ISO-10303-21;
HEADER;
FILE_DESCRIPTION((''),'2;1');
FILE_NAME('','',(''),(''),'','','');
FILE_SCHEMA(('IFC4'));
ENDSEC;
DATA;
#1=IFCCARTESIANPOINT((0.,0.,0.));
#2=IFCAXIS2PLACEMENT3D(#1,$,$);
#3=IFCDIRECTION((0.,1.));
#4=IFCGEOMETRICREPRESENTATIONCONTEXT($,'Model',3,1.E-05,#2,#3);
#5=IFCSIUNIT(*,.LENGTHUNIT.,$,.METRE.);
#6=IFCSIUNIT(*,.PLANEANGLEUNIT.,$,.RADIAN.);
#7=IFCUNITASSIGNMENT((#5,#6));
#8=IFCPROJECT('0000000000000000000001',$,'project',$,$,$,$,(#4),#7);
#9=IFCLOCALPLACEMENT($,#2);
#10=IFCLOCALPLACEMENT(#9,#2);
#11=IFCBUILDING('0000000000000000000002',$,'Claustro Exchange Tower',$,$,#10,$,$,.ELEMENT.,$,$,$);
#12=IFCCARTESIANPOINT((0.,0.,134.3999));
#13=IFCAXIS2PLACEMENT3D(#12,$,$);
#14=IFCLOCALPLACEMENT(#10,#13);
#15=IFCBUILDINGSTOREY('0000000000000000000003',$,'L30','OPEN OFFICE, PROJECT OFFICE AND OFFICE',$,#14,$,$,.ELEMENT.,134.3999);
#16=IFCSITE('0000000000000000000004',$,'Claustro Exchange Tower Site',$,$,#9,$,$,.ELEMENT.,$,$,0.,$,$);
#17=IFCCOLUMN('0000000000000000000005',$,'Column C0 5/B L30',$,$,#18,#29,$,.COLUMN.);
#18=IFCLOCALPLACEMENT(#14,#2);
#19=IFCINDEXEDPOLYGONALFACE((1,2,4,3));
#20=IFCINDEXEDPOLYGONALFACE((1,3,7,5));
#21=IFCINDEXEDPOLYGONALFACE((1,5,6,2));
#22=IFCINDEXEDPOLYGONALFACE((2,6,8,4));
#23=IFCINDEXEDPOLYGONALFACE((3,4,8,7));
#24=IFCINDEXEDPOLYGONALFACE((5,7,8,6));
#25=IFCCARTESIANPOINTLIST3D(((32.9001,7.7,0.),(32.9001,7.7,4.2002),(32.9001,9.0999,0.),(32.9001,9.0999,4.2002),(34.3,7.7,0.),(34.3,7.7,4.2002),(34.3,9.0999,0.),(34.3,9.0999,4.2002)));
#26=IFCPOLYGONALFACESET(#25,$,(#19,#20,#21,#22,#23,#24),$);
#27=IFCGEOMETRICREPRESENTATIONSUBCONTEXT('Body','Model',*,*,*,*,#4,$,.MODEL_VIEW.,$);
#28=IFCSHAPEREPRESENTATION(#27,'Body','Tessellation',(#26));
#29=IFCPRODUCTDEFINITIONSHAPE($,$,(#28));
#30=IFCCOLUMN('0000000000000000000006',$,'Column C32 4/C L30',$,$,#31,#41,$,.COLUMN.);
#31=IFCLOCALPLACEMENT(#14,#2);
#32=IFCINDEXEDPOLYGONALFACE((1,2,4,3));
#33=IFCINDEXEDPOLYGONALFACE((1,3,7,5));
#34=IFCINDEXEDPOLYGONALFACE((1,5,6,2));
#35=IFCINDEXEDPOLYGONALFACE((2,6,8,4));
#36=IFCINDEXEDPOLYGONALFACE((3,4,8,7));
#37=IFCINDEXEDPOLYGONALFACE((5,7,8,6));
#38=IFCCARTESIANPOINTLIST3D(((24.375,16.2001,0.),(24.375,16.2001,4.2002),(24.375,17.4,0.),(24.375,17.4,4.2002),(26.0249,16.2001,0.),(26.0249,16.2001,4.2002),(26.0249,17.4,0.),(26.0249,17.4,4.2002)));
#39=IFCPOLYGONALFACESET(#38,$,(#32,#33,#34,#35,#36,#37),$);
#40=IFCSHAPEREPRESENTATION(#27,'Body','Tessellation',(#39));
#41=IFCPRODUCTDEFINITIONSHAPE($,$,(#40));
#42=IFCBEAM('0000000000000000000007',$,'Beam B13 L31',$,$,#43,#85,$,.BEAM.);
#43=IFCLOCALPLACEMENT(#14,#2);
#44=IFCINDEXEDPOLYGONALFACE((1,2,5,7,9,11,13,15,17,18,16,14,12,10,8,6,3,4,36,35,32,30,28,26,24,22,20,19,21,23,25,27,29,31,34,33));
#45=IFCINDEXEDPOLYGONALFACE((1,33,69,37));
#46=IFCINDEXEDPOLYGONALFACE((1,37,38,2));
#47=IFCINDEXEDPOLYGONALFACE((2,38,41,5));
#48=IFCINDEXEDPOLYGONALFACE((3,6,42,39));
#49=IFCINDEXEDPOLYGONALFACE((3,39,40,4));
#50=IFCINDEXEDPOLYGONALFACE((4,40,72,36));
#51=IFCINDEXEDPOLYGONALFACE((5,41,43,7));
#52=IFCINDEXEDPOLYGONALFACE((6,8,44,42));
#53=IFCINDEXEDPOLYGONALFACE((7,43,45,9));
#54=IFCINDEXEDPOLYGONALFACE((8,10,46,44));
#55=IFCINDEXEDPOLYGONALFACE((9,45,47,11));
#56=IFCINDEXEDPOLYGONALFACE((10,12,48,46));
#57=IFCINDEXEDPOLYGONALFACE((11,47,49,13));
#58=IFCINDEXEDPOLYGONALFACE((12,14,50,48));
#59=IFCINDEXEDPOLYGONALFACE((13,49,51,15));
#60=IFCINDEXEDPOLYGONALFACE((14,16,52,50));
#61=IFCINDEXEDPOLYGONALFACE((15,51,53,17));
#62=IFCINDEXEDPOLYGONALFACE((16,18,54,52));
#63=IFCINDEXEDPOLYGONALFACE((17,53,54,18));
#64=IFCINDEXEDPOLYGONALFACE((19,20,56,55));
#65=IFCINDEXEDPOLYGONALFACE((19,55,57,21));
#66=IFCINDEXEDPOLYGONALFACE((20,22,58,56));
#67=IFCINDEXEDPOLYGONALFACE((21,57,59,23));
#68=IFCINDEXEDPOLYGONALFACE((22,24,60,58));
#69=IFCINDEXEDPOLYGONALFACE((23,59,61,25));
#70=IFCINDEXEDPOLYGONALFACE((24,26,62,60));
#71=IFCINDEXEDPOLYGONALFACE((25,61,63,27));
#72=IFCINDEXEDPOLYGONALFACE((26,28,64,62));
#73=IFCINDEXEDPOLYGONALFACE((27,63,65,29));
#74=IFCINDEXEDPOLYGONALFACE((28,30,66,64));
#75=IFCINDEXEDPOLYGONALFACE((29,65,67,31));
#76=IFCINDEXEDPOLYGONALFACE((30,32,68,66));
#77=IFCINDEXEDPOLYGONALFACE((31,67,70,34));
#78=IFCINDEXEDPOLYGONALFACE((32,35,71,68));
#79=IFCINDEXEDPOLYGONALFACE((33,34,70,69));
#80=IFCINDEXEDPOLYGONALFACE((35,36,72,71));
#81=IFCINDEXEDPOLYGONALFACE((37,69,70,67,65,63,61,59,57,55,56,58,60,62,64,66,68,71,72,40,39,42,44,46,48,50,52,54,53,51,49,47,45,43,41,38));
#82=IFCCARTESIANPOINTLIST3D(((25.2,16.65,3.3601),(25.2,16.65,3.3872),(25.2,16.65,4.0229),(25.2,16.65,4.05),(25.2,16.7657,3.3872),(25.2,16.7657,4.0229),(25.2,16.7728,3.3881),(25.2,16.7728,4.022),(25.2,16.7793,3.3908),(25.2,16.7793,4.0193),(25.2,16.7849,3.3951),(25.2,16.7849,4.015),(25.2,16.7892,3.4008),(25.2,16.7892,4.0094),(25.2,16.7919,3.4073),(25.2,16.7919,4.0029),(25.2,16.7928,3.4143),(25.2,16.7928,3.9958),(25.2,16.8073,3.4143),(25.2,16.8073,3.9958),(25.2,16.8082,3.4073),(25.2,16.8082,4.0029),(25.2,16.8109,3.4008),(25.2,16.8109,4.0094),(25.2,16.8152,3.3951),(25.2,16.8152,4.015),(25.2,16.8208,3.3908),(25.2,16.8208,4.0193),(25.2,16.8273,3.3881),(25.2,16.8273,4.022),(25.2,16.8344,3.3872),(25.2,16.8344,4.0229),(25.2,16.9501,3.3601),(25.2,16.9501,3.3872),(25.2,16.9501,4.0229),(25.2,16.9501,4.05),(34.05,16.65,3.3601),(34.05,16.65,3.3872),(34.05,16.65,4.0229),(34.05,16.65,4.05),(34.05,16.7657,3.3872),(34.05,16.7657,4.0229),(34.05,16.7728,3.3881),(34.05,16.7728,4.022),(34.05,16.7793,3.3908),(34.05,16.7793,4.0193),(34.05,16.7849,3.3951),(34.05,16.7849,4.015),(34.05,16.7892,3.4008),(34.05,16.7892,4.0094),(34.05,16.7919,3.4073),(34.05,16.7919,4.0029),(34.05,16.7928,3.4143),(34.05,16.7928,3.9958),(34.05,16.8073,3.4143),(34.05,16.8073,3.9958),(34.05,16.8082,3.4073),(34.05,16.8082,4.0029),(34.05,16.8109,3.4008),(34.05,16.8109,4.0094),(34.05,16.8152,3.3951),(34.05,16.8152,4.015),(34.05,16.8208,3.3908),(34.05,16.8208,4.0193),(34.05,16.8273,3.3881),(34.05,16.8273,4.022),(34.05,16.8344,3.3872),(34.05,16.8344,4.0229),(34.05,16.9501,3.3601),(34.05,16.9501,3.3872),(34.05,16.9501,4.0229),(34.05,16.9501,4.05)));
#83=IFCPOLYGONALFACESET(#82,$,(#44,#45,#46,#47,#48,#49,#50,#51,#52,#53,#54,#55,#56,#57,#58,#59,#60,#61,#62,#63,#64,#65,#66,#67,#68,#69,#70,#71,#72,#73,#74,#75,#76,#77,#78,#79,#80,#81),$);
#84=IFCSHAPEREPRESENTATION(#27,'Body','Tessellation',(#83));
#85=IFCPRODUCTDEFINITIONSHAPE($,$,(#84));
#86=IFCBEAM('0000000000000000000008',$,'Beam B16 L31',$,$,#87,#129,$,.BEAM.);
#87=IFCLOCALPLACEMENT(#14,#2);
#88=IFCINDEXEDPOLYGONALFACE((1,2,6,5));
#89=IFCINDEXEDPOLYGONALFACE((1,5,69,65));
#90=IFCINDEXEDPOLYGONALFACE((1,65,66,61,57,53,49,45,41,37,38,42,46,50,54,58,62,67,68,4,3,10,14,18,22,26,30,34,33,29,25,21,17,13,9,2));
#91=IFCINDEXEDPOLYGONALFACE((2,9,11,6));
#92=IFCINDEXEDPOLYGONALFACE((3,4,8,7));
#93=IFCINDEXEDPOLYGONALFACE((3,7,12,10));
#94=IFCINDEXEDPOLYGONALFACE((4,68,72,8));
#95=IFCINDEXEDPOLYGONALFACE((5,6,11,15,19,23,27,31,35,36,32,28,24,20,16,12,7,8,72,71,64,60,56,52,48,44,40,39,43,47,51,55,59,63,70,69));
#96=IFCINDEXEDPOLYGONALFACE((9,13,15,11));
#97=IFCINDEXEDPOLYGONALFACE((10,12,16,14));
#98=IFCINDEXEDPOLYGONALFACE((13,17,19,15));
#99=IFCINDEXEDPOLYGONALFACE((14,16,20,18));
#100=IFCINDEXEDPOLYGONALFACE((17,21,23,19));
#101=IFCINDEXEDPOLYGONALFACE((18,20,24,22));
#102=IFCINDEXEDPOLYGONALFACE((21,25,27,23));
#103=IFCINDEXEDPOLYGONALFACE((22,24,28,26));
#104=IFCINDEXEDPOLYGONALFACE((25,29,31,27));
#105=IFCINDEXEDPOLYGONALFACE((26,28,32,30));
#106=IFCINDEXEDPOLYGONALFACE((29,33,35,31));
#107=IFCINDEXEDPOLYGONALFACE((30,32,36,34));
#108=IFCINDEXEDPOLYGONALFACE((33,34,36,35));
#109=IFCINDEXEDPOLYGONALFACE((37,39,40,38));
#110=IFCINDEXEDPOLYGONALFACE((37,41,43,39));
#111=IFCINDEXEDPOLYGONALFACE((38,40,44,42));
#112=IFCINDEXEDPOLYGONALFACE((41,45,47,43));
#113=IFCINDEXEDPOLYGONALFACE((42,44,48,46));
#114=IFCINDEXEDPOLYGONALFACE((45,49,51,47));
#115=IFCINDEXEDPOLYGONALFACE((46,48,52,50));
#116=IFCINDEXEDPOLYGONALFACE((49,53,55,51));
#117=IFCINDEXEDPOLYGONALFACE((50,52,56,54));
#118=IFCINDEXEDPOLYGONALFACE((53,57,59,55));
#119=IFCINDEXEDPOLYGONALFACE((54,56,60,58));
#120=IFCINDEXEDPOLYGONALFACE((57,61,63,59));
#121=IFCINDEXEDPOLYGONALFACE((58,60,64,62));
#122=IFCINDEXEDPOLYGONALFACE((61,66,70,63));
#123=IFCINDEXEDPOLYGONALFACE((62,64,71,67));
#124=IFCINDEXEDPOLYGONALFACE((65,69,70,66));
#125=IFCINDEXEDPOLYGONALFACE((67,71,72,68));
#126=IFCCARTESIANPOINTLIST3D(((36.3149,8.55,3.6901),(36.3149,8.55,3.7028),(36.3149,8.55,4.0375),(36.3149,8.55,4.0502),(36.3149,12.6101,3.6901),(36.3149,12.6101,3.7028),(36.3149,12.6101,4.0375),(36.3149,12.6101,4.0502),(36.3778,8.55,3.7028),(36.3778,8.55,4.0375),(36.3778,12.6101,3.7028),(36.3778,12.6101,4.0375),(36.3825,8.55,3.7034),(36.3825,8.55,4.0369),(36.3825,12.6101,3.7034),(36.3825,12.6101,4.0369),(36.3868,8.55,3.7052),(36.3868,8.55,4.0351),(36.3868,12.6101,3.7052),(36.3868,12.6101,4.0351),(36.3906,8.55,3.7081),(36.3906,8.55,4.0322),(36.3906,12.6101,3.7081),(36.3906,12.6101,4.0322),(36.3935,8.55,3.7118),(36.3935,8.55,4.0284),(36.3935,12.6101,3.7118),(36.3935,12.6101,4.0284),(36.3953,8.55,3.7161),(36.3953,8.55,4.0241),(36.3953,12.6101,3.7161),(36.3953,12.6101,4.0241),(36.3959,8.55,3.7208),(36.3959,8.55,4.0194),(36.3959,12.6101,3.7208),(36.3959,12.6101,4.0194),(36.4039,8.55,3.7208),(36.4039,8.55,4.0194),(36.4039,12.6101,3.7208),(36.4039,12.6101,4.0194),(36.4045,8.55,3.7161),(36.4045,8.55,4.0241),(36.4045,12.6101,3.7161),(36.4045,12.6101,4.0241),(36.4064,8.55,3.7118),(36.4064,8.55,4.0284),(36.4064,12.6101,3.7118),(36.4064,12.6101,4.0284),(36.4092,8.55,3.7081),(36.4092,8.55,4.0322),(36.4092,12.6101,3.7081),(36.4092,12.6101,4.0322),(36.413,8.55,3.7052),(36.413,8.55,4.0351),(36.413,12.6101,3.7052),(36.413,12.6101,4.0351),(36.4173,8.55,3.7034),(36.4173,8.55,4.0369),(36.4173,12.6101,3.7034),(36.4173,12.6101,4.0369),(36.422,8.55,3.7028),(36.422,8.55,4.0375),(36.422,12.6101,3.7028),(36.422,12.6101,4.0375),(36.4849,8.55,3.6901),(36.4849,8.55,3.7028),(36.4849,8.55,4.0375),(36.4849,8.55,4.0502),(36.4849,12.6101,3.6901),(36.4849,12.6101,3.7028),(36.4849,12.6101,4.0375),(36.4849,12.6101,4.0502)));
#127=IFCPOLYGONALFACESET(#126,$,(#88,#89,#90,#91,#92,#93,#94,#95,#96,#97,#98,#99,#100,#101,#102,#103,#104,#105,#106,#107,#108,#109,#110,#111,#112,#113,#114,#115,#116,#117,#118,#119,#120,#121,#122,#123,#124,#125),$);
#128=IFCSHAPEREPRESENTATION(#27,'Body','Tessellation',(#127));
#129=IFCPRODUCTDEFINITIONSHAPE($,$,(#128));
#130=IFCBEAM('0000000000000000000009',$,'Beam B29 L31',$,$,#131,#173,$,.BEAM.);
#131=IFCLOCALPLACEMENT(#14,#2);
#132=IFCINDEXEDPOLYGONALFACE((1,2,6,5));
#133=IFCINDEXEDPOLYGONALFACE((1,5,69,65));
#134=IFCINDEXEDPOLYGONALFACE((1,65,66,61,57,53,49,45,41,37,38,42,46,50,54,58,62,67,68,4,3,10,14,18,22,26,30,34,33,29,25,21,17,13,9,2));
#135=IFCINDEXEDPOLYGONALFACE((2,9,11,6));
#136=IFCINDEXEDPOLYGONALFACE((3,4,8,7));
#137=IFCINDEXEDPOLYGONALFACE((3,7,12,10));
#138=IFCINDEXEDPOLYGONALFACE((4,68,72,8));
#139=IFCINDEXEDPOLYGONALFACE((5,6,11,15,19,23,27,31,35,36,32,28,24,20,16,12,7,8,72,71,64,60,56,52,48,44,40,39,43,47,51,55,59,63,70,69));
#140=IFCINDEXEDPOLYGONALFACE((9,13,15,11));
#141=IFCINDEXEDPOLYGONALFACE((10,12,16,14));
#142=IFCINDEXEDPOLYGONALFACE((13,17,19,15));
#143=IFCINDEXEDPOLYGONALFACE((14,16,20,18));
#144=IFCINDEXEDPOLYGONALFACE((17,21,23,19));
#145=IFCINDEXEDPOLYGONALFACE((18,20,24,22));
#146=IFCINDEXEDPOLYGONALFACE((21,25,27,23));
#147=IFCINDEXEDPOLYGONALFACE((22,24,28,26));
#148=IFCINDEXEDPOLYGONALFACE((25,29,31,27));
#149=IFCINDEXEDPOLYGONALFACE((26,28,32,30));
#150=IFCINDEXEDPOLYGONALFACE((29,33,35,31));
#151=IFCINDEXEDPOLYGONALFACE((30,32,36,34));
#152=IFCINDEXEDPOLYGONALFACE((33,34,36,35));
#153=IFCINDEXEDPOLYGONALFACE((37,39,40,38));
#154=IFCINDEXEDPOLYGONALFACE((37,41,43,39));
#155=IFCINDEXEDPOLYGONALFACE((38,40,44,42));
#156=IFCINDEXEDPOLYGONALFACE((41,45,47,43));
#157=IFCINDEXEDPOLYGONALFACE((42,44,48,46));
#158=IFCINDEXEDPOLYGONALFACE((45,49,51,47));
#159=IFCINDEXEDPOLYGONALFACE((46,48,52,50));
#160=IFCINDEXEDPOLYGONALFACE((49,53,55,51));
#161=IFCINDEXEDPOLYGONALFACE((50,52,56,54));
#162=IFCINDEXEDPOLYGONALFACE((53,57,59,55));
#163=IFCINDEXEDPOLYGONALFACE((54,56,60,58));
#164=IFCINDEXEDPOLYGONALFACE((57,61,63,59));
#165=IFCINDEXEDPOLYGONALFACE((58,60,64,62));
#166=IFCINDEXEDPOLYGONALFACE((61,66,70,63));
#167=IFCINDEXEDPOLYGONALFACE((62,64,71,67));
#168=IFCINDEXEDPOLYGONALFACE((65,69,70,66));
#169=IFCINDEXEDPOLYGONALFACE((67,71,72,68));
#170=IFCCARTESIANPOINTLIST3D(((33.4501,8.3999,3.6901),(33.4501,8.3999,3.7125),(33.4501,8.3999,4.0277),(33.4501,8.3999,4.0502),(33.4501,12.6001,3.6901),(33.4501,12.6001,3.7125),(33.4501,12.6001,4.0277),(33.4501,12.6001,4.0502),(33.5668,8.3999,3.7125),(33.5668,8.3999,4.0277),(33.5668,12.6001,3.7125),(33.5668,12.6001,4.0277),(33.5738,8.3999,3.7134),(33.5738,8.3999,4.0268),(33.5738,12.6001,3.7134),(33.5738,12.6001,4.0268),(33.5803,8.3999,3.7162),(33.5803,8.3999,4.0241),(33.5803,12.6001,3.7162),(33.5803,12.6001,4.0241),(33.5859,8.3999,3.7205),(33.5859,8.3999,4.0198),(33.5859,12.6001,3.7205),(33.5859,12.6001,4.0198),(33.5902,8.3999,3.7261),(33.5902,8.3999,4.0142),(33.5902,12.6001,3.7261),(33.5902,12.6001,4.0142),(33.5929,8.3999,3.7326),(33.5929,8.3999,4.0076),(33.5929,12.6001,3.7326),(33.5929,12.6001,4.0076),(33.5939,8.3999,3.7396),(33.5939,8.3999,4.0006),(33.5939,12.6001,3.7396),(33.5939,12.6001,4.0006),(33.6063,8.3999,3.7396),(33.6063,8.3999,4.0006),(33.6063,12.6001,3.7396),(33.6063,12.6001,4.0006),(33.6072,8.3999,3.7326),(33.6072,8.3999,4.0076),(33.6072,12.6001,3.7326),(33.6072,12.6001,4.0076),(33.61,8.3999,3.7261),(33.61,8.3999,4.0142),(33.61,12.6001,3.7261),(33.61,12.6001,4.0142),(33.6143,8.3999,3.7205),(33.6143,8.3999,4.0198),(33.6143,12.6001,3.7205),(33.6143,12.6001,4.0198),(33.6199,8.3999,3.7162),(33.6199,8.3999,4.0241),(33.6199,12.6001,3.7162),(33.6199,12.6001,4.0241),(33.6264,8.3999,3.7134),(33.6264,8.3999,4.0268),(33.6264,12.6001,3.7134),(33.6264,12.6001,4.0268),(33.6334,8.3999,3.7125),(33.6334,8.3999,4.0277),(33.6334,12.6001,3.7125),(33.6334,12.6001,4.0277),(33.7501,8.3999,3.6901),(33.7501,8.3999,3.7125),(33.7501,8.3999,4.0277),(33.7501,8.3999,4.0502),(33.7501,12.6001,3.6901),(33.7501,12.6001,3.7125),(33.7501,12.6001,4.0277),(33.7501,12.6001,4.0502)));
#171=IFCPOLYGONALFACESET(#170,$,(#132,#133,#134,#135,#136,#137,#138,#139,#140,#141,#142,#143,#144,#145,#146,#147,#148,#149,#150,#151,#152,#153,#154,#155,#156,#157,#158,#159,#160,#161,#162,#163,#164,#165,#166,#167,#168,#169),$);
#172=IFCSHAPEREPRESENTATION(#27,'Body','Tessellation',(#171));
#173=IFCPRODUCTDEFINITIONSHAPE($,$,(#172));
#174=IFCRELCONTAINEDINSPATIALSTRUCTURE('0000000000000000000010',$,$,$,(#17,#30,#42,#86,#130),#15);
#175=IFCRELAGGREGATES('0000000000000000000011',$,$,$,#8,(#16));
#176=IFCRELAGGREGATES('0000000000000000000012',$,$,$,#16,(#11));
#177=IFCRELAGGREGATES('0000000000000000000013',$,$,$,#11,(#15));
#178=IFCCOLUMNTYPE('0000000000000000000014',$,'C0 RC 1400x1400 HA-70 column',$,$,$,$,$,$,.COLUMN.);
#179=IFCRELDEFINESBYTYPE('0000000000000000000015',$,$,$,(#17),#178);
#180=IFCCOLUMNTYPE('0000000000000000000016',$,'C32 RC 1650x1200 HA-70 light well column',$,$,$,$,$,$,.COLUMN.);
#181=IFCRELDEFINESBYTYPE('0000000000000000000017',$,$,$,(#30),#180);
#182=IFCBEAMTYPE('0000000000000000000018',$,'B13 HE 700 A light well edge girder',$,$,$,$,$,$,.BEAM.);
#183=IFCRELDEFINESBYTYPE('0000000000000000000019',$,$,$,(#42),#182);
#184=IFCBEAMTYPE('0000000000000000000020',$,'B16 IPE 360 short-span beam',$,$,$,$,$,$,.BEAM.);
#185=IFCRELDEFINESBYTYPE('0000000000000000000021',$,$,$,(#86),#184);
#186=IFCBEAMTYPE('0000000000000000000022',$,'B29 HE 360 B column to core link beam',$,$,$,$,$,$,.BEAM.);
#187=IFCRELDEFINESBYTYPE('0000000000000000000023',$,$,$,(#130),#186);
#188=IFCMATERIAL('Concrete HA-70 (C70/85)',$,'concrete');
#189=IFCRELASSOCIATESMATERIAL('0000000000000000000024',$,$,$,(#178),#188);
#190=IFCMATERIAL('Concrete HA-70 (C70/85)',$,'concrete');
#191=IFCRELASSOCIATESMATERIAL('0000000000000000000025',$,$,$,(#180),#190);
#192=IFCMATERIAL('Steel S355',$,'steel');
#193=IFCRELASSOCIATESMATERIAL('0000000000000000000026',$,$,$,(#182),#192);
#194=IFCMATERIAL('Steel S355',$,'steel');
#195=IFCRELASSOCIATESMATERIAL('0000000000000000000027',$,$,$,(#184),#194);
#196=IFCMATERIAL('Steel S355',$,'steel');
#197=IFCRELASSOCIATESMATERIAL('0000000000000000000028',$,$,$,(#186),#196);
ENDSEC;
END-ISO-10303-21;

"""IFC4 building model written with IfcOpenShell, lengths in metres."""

from ifc_helpers import new_model, si_unit, direction, frame, origin, origin_2d, place, context, subcontext, project, spatial, rectangle, i_section, extrude, material, material_profile, profile_set, type_object, element, save


model = new_model("IFC4")

# Units and contexts
model_context = context("Model", 3, precision=1e-05, world=origin(), true_north=direction((0.0, 1.0)))
body_context = subcontext(model_context, "Body", "Model", "MODEL_VIEW")
ifc_project = project(units=[si_unit("LENGTHUNIT", "METRE"), si_unit("PLANEANGLEUNIT", "RADIAN")], contexts=[model_context])

# Site, building, storey
site_placement = place(None, origin())
site = spatial("IfcSite", under=ifc_project, at=site_placement, Name="Claustro Exchange Tower Site", CompositionType="ELEMENT", RefElevation=0.0)
building_placement = place(site_placement, origin())
building = spatial("IfcBuilding", under=site, at=building_placement, Name="Claustro Exchange Tower", CompositionType="ELEMENT")
storey_placement = place(building_placement, frame((0.0, 0.0, 134.3999)))
storey = spatial("IfcBuildingStorey", under=building, at=storey_placement, Name="L30", Description="OPEN OFFICE, PROJECT OFFICE AND OFFICE", CompositionType="ELEMENT", Elevation=134.3999)

# Columns
ifc_material_1 = material(Name="Concrete HA-70 (C70/85)", Category="concrete")
ifc_material_profile_1 = material_profile(ifc_material_1, rectangle(XDim=1.3999, YDim=1.3999, at=origin_2d()), Name="RC 1400x1400")
ifc_profile_set_1 = profile_set([ifc_material_profile_1], Name="Concrete HA-70 (C70/85)")
column_type_1 = type_object("IfcColumnType", Name="C0 RC 1400x1400 HA-70 column", PredefinedType="COLUMN", material=ifc_profile_set_1)
column_1_placement = place(storey_placement, frame((33.6001, 8.3999, 0.0), z_axis=(0.0, 0.0, 1.0), x_axis=(1.0, 0.0, 0.0)))
element("IfcColumn", 1, at=column_1_placement, inside=storey, type_object=column_type_1, Name="Column C0 5/B L30", PredefinedType="COLUMN", context=body_context, shape_type="SweptSolid", body=[
    extrude(rectangle(XDim=1.3999, YDim=1.3999, at=origin_2d()), origin(), (0.0, 0.0, 1.0), 4.2002),
])
ifc_material_2 = material(Name="Concrete HA-70 (C70/85)", Category="concrete")
ifc_material_profile_2 = material_profile(ifc_material_2, rectangle(XDim=1.6499, YDim=1.2, at=origin_2d()), Name="RC 1650x1200")
ifc_profile_set_2 = profile_set([ifc_material_profile_2], Name="Concrete HA-70 (C70/85)")
column_type_2 = type_object("IfcColumnType", Name="C32 RC 1650x1200 HA-70 light well column", PredefinedType="COLUMN", material=ifc_profile_set_2)
column_2_placement = place(storey_placement, frame((25.2, 16.8, 0.0), z_axis=(0.0, 0.0, 1.0), x_axis=(1.0, 0.0, 0.0)))
element("IfcColumn", 2, at=column_2_placement, inside=storey, type_object=column_type_2, Name="Column C32 4/C L30", PredefinedType="COLUMN", context=body_context, shape_type="SweptSolid", body=[
    extrude(rectangle(XDim=1.6499, YDim=1.2, at=origin_2d()), origin(), (0.0, 0.0, 1.0), 4.2002),
])

# Beams
ifc_material_3 = material(Name="Steel S355", Category="steel")
ifc_material_profile_3 = material_profile(ifc_material_3, i_section(OverallWidth=0.3, OverallDepth=0.6899, WebThickness=0.0144, FlangeThickness=0.0271, FilletRadius=0.0271, at=origin_2d()), Name="HE 700 A")
ifc_profile_set_3 = profile_set([ifc_material_profile_3], Name="Steel S355")
beam_type_1 = type_object("IfcBeamType", Name="B13 HE 700 A light well edge girder", PredefinedType="BEAM", material=ifc_profile_set_3)
beam_1_placement = place(storey_placement, frame((25.2, 16.8, 3.7051), z_axis=(1.0, 0.0, 0.0), x_axis=(0.0, 1.0, 0.0)))
element("IfcBeam", 3, at=beam_1_placement, inside=storey, type_object=beam_type_1, Name="Beam B13 L31", PredefinedType="BEAM", context=body_context, shape_type="SweptSolid", body=[
    extrude(i_section(OverallWidth=0.3, OverallDepth=0.6899, WebThickness=0.0144, FlangeThickness=0.0271, FilletRadius=0.0271, at=origin_2d()), origin(), (0.0, 0.0, 1.0), 8.8501),
])
ifc_material_4 = material(Name="Steel S355", Category="steel")
ifc_material_profile_4 = material_profile(ifc_material_4, i_section(OverallWidth=0.1699, OverallDepth=0.3601, WebThickness=0.0081, FlangeThickness=0.0127, FilletRadius=0.0181, at=origin_2d()), Name="IPE 360")
ifc_profile_set_4 = profile_set([ifc_material_profile_4], Name="Steel S355")
beam_type_2 = type_object("IfcBeamType", Name="B16 IPE 360 short-span beam", PredefinedType="BEAM", material=ifc_profile_set_4)
beam_2_placement = place(storey_placement, frame((36.3999, 8.55, 3.8701), z_axis=(0.0, 1.0, 0.0), x_axis=(-1.0, 0.0, 0.0)))
element("IfcBeam", 4, at=beam_2_placement, inside=storey, type_object=beam_type_2, Name="Beam B16 L31", PredefinedType="BEAM", context=body_context, shape_type="SweptSolid", body=[
    extrude(i_section(OverallWidth=0.1699, OverallDepth=0.3601, WebThickness=0.0081, FlangeThickness=0.0127, FilletRadius=0.0181, at=origin_2d()), origin(), (0.0, 0.0, 1.0), 4.0601),
])
ifc_material_5 = material(Name="Steel S355", Category="steel")
ifc_material_profile_5 = material_profile(ifc_material_5, i_section(OverallWidth=0.3, OverallDepth=0.3601, WebThickness=0.0125, FlangeThickness=0.0225, FilletRadius=0.0271, at=origin_2d()), Name="HE 360 B")
ifc_profile_set_5 = profile_set([ifc_material_profile_5], Name="Steel S355")
beam_type_3 = type_object("IfcBeamType", Name="B29 HE 360 B column to core link beam", PredefinedType="BEAM", material=ifc_profile_set_5)
beam_3_placement = place(storey_placement, frame((33.6001, 8.3999, 3.8701), z_axis=(0.0, 1.0, 0.0), x_axis=(-1.0, 0.0, 0.0)))
element("IfcBeam", 5, at=beam_3_placement, inside=storey, type_object=beam_type_3, Name="Beam B29 L31", PredefinedType="BEAM", context=body_context, shape_type="SweptSolid", body=[
    extrude(i_section(OverallWidth=0.3, OverallDepth=0.3601, WebThickness=0.0125, FlangeThickness=0.0225, FilletRadius=0.0271, at=origin_2d()), origin(), (0.0, 0.0, 1.0), 4.2002),
])

save(model, "model.ifc")
